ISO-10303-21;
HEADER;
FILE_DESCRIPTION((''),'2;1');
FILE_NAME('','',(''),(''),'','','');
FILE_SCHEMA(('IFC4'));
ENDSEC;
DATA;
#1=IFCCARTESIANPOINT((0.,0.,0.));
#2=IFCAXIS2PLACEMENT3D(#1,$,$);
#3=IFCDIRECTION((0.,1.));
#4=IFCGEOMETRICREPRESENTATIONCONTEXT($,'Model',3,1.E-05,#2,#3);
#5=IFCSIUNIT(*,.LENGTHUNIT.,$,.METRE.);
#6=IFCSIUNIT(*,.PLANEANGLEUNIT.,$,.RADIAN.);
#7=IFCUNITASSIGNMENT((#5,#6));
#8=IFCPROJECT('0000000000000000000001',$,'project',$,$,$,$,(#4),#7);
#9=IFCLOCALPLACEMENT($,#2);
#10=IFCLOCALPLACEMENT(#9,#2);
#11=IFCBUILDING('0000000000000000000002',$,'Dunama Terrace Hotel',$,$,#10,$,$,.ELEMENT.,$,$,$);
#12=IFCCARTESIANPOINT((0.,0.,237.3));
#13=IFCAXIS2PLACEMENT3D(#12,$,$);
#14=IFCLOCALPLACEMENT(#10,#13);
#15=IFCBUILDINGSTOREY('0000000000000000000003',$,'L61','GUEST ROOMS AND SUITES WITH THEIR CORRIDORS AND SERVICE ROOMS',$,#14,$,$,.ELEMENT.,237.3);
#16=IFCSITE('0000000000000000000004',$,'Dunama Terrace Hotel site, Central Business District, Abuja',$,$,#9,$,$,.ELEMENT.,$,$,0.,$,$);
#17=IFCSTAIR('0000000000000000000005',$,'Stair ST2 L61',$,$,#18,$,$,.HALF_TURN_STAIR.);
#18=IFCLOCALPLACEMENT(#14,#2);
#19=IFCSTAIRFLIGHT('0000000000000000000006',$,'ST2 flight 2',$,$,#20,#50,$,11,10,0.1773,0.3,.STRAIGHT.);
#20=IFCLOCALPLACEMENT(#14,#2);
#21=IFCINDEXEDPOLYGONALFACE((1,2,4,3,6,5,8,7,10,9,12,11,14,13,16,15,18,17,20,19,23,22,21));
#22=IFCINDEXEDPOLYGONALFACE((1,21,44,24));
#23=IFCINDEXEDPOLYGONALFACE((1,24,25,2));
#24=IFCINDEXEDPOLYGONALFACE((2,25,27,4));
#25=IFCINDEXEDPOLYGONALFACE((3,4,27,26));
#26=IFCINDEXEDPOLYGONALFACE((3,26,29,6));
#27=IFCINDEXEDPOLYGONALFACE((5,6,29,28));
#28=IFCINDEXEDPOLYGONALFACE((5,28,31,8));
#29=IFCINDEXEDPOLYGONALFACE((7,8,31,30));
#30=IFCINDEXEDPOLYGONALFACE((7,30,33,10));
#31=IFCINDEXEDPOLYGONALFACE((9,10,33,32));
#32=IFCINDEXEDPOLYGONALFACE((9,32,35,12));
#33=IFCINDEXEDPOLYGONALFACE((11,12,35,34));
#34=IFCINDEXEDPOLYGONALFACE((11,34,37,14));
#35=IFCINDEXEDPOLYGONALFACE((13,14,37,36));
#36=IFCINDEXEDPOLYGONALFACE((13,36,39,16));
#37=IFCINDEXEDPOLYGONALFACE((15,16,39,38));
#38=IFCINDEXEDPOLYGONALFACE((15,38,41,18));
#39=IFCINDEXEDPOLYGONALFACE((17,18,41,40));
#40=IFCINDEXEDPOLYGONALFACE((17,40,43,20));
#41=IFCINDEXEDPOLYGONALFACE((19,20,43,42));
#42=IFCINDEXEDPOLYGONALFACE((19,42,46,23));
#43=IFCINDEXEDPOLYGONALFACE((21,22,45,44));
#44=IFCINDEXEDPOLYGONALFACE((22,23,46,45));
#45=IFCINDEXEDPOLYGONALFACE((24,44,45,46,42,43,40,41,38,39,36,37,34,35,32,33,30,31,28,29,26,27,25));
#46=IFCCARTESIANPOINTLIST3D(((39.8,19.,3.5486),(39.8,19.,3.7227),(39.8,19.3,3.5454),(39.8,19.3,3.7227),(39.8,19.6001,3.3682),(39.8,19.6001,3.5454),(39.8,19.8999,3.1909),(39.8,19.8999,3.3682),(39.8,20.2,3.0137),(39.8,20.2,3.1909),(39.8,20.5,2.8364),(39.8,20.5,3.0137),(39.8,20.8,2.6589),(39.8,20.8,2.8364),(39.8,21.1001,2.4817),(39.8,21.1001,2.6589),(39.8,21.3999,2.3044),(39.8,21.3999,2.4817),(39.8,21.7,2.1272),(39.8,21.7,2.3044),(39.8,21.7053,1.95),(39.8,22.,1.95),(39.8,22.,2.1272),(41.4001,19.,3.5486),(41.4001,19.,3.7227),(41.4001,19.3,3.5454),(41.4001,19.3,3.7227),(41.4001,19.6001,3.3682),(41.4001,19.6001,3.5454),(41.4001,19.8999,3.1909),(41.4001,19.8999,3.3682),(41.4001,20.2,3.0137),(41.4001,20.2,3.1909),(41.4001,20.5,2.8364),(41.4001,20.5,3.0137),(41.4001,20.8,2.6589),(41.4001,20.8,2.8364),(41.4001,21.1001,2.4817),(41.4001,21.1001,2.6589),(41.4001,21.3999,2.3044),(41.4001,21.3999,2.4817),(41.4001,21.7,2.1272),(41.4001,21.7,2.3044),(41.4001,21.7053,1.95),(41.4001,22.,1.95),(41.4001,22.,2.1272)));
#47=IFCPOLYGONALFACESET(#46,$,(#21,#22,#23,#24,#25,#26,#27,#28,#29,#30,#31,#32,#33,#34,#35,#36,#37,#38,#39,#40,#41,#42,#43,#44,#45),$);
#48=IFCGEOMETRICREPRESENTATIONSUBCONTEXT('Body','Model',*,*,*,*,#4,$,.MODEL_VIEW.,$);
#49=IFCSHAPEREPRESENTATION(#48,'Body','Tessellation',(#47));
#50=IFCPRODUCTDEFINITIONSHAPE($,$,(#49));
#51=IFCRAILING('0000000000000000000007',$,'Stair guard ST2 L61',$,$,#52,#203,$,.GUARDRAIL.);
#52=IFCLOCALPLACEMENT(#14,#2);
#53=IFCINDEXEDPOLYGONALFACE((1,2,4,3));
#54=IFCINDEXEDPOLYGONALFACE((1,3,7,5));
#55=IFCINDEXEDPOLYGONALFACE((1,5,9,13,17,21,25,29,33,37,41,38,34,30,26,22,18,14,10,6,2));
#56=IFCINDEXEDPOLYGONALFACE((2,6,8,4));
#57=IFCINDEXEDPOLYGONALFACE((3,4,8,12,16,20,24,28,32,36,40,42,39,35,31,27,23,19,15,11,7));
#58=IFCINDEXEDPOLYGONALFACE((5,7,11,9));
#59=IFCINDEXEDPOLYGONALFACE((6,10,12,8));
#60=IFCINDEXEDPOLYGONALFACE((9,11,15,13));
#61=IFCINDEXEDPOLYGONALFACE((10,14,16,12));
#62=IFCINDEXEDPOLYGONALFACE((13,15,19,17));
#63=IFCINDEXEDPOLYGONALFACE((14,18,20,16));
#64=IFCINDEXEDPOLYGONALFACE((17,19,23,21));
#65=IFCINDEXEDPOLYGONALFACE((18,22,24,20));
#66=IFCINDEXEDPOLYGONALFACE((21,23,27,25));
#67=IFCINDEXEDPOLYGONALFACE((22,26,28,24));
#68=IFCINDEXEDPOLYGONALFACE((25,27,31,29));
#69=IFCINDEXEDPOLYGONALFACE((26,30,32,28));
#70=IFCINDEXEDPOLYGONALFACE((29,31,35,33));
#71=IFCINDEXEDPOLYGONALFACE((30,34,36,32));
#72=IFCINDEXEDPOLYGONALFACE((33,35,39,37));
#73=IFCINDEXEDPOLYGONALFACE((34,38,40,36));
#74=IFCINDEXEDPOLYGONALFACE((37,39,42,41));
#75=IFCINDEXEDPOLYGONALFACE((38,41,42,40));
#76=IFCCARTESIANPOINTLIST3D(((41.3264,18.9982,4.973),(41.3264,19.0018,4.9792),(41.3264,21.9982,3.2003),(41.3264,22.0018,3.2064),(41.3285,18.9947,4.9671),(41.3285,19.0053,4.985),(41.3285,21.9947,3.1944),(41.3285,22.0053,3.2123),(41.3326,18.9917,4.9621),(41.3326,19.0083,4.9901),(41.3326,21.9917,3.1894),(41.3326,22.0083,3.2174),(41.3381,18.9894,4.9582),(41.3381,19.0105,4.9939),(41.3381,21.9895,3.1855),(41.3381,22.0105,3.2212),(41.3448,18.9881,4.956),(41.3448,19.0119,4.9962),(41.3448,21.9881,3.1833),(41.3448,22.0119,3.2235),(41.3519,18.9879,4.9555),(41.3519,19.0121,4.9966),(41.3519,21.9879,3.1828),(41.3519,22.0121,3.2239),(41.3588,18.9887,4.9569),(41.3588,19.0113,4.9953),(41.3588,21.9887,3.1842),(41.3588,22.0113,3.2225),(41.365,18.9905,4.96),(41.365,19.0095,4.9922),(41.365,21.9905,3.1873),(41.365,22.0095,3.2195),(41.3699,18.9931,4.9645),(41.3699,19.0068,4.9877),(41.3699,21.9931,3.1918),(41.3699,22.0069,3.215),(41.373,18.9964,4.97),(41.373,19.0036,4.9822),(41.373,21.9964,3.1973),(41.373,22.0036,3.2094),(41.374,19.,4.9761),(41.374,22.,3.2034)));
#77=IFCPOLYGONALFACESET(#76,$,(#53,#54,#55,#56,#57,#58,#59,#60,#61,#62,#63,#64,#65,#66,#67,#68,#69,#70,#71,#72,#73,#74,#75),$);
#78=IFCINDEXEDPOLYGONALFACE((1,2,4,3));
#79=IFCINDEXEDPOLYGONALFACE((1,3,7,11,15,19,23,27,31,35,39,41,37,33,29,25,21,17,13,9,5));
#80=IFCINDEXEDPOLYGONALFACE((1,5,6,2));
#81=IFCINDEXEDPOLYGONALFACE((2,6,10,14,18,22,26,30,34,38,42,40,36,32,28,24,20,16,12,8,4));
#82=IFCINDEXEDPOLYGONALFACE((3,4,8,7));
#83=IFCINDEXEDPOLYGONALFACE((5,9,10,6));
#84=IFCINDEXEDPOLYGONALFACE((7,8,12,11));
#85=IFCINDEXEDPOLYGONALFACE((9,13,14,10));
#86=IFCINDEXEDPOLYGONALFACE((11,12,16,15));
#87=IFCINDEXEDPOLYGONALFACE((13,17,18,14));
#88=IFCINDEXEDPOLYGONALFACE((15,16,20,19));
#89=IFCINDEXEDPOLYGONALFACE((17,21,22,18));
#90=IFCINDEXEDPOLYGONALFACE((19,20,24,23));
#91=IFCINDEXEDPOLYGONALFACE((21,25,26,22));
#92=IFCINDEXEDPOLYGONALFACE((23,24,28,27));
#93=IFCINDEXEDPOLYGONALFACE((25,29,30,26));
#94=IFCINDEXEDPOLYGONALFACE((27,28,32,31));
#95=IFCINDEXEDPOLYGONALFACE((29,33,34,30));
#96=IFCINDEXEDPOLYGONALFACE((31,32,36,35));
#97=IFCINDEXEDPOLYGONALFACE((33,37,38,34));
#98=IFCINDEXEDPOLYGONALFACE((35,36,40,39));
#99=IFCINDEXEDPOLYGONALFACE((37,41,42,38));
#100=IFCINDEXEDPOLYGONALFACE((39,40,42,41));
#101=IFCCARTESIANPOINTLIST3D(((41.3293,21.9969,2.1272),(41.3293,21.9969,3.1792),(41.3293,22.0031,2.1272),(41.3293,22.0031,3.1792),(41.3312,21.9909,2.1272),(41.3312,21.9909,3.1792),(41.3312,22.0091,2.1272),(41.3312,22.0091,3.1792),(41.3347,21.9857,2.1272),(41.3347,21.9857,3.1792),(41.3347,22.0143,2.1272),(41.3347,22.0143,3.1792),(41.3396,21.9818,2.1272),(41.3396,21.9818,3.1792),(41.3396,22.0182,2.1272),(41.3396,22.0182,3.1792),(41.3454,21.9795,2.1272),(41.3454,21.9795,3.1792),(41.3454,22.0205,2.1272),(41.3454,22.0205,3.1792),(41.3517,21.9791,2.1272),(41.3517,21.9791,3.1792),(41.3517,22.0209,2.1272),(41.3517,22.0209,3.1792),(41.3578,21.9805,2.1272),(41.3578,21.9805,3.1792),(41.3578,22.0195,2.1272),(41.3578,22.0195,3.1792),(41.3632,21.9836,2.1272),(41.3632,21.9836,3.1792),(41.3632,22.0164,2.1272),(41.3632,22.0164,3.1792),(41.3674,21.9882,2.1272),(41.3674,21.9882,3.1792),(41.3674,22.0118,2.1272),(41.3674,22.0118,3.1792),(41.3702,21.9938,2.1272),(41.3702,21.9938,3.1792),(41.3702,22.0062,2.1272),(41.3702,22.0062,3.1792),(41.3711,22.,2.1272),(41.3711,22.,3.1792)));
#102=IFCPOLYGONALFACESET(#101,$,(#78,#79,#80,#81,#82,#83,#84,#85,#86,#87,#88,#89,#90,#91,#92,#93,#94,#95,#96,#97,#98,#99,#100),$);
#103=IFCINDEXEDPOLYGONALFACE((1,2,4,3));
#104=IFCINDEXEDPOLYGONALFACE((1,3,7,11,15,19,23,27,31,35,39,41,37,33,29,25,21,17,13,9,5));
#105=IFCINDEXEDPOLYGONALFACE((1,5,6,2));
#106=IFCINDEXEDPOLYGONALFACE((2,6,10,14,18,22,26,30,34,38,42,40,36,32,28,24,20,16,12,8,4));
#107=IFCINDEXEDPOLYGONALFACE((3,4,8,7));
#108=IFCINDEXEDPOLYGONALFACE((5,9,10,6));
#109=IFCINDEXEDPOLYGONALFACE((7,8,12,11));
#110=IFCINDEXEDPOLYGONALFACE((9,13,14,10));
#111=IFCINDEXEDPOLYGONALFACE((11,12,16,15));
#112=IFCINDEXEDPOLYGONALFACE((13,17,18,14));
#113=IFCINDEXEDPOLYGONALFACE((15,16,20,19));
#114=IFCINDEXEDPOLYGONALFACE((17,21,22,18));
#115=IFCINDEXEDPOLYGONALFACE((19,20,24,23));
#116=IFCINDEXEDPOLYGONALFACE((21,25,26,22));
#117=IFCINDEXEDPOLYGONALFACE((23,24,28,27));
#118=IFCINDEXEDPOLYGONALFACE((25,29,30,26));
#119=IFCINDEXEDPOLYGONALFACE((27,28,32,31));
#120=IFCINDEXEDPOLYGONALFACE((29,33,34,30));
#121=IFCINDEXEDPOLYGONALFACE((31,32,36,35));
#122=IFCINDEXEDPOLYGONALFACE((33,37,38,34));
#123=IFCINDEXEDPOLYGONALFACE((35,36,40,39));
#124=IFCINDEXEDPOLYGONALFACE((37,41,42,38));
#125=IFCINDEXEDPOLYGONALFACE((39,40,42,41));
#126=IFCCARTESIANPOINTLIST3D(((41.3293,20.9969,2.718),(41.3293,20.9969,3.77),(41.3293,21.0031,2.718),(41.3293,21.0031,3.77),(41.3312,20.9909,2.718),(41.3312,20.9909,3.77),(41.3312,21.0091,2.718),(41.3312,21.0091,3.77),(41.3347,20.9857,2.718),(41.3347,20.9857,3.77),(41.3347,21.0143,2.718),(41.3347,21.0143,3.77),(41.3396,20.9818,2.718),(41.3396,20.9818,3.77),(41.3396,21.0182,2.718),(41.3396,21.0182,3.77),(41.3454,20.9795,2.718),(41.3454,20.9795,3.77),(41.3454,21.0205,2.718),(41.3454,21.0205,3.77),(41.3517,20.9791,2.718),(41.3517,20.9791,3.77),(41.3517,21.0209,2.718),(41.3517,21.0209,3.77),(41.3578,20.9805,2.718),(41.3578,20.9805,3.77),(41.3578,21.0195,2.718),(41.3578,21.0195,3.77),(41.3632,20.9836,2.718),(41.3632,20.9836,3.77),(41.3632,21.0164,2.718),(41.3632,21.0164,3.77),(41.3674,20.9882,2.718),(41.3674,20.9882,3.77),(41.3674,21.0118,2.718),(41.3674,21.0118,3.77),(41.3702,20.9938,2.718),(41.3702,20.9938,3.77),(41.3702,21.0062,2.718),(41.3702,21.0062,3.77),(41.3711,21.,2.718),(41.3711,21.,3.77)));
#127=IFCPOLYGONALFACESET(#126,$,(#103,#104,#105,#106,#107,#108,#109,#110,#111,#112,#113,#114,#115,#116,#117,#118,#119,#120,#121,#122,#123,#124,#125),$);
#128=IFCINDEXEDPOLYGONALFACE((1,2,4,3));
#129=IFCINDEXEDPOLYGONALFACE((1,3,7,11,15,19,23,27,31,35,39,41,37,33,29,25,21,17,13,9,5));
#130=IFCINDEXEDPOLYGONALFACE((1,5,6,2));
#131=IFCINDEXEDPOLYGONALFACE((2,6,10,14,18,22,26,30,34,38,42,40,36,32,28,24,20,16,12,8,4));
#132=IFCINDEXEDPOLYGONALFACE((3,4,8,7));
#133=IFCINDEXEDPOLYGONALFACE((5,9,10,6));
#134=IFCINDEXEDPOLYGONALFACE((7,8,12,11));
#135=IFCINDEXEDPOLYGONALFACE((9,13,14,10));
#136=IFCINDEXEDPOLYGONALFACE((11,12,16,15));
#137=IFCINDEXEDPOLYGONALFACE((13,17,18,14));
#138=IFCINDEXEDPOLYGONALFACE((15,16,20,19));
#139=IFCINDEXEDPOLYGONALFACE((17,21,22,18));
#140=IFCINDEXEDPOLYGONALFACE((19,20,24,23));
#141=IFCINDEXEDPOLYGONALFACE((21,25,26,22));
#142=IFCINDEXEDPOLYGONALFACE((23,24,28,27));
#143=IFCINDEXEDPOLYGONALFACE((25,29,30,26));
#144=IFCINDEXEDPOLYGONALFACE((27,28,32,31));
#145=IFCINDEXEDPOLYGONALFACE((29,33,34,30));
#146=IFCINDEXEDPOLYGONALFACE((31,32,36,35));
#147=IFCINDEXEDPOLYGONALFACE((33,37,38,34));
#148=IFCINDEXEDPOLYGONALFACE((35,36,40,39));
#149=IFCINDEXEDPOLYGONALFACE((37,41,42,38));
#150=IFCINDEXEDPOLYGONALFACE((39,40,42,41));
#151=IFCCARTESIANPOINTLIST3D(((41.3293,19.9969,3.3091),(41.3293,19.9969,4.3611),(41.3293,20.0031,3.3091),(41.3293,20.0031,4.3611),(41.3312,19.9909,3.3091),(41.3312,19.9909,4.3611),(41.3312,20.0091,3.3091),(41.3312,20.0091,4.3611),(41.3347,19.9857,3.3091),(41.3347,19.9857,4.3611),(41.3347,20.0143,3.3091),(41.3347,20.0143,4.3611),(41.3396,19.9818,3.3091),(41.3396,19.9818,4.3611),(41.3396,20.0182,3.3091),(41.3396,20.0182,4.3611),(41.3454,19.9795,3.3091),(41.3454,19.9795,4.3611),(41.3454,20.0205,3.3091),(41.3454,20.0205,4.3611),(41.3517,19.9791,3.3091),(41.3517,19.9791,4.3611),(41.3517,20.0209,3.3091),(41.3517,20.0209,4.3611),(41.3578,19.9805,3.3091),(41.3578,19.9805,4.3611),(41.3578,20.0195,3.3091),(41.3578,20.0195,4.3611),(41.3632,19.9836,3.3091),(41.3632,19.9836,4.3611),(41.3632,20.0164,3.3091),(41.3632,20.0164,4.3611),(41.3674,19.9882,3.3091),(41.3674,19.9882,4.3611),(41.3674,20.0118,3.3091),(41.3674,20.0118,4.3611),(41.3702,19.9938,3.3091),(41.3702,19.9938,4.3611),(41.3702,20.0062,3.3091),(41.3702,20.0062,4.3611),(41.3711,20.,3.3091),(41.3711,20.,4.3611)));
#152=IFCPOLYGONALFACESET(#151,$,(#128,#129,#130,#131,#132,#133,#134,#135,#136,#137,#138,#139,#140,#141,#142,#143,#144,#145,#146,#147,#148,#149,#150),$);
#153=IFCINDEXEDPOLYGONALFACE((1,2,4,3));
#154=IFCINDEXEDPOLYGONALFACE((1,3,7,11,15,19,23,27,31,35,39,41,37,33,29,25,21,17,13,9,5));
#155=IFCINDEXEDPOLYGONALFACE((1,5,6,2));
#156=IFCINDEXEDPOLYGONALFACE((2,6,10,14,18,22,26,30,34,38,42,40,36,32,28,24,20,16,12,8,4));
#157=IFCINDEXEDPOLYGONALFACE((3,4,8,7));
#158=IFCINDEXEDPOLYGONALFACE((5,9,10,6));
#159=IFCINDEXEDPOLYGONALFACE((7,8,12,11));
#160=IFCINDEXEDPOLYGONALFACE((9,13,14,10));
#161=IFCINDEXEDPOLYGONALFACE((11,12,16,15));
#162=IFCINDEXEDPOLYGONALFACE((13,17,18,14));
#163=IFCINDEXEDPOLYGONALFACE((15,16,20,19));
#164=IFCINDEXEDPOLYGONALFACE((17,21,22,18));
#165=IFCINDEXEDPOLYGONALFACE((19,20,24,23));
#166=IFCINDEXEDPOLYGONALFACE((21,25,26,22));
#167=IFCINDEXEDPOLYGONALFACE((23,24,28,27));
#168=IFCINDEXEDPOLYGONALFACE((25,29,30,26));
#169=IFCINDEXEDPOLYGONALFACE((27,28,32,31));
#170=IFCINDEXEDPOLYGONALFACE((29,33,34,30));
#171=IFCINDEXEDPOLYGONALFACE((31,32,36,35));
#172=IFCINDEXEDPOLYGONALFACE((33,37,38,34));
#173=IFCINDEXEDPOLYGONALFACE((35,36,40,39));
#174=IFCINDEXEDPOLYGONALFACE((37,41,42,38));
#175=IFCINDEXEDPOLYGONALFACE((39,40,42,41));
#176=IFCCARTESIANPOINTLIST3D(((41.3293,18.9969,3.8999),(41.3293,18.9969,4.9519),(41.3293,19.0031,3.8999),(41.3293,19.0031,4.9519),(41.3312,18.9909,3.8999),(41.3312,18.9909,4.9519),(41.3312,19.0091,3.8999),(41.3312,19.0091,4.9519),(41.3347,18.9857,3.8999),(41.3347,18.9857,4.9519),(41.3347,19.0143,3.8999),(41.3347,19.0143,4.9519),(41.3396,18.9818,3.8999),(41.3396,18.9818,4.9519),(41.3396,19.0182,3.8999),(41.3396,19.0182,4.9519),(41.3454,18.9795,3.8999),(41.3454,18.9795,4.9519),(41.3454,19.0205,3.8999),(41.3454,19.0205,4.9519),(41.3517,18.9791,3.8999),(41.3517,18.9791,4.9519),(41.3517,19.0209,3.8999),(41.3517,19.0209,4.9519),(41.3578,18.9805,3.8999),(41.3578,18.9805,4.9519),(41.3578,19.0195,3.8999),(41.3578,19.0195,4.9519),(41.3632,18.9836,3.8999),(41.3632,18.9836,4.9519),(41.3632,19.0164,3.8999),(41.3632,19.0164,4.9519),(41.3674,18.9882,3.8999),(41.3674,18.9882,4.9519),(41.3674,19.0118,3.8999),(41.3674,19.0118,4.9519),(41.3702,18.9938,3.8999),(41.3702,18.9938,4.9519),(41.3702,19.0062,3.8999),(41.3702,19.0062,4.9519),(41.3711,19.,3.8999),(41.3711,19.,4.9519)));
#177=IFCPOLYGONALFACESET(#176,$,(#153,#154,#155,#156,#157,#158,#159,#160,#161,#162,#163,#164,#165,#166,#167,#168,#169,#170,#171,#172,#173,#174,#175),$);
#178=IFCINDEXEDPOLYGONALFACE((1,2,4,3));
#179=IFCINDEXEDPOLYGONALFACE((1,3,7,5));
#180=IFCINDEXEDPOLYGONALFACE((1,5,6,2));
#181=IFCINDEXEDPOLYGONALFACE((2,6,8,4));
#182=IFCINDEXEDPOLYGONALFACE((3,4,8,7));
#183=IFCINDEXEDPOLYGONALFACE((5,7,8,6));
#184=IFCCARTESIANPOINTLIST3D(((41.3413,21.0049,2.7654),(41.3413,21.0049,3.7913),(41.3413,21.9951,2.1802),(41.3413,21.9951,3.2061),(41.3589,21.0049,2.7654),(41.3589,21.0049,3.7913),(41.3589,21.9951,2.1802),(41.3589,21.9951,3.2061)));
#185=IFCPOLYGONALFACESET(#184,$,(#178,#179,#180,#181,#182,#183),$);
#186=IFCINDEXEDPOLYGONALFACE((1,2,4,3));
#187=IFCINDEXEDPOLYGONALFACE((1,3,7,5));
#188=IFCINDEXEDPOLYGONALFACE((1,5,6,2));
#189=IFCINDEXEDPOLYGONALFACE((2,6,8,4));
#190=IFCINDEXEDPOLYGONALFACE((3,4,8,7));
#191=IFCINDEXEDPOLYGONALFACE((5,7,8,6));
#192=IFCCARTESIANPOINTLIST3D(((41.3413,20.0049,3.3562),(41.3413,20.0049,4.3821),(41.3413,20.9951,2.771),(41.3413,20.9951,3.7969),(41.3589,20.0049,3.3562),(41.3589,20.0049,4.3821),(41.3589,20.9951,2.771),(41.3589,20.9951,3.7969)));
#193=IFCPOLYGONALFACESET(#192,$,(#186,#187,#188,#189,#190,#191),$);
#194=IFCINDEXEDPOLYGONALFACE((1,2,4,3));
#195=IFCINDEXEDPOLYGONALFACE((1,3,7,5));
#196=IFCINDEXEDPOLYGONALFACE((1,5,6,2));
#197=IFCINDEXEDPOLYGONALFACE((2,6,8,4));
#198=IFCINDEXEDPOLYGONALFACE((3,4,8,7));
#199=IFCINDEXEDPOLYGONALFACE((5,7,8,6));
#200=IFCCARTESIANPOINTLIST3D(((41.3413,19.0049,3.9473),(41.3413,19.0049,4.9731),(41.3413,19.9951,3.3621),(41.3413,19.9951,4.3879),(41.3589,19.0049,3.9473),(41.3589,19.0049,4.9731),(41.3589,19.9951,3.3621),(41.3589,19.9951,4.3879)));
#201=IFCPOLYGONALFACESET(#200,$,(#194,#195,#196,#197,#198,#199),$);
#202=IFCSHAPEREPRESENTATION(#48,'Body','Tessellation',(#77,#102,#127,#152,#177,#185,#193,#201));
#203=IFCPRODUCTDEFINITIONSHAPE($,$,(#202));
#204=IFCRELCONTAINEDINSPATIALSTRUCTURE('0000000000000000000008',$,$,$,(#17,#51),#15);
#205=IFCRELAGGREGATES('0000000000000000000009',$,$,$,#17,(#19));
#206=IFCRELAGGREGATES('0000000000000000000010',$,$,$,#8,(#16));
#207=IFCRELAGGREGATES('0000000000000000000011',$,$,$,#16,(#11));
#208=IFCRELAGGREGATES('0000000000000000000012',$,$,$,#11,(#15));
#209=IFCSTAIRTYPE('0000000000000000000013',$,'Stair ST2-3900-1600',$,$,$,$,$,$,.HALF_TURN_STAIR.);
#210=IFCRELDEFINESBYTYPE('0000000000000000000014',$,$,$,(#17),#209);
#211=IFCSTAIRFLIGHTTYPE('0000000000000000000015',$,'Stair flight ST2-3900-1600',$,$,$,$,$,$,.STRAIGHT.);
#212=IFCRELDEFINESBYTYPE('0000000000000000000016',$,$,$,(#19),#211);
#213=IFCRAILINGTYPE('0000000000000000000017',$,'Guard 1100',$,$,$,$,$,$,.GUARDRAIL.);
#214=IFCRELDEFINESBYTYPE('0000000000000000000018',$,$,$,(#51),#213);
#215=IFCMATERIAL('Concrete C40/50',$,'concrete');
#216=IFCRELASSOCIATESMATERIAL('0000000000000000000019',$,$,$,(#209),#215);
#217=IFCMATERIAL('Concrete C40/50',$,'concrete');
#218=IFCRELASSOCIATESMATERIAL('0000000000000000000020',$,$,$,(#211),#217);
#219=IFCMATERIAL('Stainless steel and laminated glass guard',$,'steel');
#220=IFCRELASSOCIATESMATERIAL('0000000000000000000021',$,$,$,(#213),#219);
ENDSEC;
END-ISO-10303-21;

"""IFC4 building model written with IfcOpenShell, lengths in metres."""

from ifc_helpers import new_model, si_unit, direction, frame, origin, origin_2d, place, context, subcontext, project, spatial, polyline, circle, outline, extrude, material, type_object, element, aggregate, save


model = new_model("IFC4")

# Units and contexts
model_context = context("Model", 3, precision=1e-05, world=origin(), true_north=direction((0.0, 1.0)))
body_context = subcontext(model_context, "Body", "Model", "MODEL_VIEW")
ifc_project = project(units=[si_unit("LENGTHUNIT", "METRE"), si_unit("PLANEANGLEUNIT", "RADIAN")], contexts=[model_context])

# Site, building, storey
site_placement = place(None, origin())
site = spatial("IfcSite", under=ifc_project, at=site_placement, Name="Dunama Terrace Hotel site, Central Business District, Abuja", CompositionType="ELEMENT", RefElevation=0.0)
building_placement = place(site_placement, origin())
building = spatial("IfcBuilding", under=site, at=building_placement, Name="Dunama Terrace Hotel", CompositionType="ELEMENT")
storey_placement = place(building_placement, frame((0.0, 0.0, 237.3)))
storey = spatial("IfcBuildingStorey", under=building, at=storey_placement, Name="L61", Description="GUEST ROOMS AND SUITES WITH THEIR CORRIDORS AND SERVICE ROOMS", CompositionType="ELEMENT", Elevation=237.3)

# Stair, stair flight
ifc_material_1 = material(Name="Concrete C40/50", Category="concrete")
stair_type = type_object("IfcStairType", Name="Stair ST2-3900-1600", PredefinedType="HALF_TURN_STAIR", material=ifc_material_1)
stair_placement = place(storey_placement, origin())
stair = element("IfcStair", 1, at=stair_placement, inside=storey, type_object=stair_type, Name="Stair ST2 L61", PredefinedType="HALF_TURN_STAIR")
ifc_material_2 = material(Name="Concrete C40/50", Category="concrete")
stair_flight_type = type_object("IfcStairFlightType", Name="Stair flight ST2-3900-1600", PredefinedType="STRAIGHT", material=ifc_material_2)
stair_flight_1_placement = place(storey_placement, frame((40.6001, 22.0, 1.95), z_axis=(0.0, 0.0, 1.0), x_axis=(0.0, -1.0, 0.0)))
stair_flight_1 = element("IfcStairFlight", 2, at=stair_flight_1_placement, type_object=stair_flight_type, Name="ST2 flight 2", NumberOfRisers=11, NumberOfTreads=10, PredefinedType="STRAIGHT", RiserHeight=0.1773, TreadLength=0.3, context=body_context, shape_type="SweptSolid", body=[
    extrude(outline(polyline([(0.0, 0.0), (0.0, 0.1772), (0.3, 0.1772), (0.3, 0.3545), (0.6001, 0.3545), (0.6001, 0.5317), (0.8999, 0.5317), (0.8999, 0.709), (1.2, 0.709), (1.2, 0.8865), (1.5, 0.8865), (1.5, 1.0637), (1.8, 1.0637), (1.8, 1.241), (2.1001, 1.241), (2.1001, 1.4182), (2.3999, 1.4182), (2.3999, 1.5955), (2.7, 1.5955), (2.7, 1.7727), (3.0, 1.7727), (3.0, 1.95), (3.0, 1.5986), (0.2947, 0.0), (0.0, 0.0)])), frame((0.0, 0.8, 0.0), z_axis=(0.0, -1.0, 0.0), x_axis=(1.0, 0.0, 0.0)), (0.0, 0.0, 1.0), 1.6001),
])
aggregate(stair, [stair_flight_1])

# Railing
ifc_material_3 = material(Name="Stainless steel and laminated glass guard", Category="steel")
railing_type_1 = type_object("IfcRailingType", Name="Guard 1100", PredefinedType="GUARDRAIL", material=ifc_material_3)
railing_1_placement = place(storey_placement, frame((41.3501, 22.0, 2.1272)))
element("IfcRailing", 3, at=railing_1_placement, inside=storey, type_object=railing_type_1, Name="Stair guard ST2 L61", PredefinedType="GUARDRAIL", context=body_context, shape_type="SweptSolid", body=[
    extrude(circle(Radius=0.0239, at=origin_2d()), frame((0.0, 0.0, 1.0762), z_axis=(0.0, -0.860929, 0.508725), x_axis=(1.0, 0.0, 0.0)), (0.0, 0.0, 1.0), 3.4846),
    extrude(circle(Radius=0.021, at=origin_2d()), origin(), (0.0, 0.0, 1.0), 1.052),
    extrude(circle(Radius=0.021, at=origin_2d()), frame((0.0, -1.0, 0.5908)), (0.0, 0.0, 1.0), 1.052),
    extrude(circle(Radius=0.021, at=origin_2d()), frame((0.0, -2.0, 1.1819)), (0.0, 0.0, 1.0), 1.052),
    extrude(circle(Radius=0.021, at=origin_2d()), frame((0.0, -3.0, 1.7727)), (0.0, 0.0, 1.0), 1.052),
    extrude(outline(polyline([(0.0049, 0.053), (0.9951, 0.6382), (0.9951, 1.6641), (0.0049, 1.0789), (0.0049, 0.053)])), frame((0.0088, 0.0, 0.0), z_axis=(-1.0, 0.0, 0.0), x_axis=(0.0, -1.0, 0.0)), (0.0, 0.0, 1.0), 0.0176),
    extrude(outline(polyline([(0.0049, 0.053), (0.9951, 0.6382), (0.9951, 1.6641), (0.0049, 1.0789), (0.0049, 0.053)])), frame((0.0088, -1.0, 0.5908), z_axis=(-1.0, 0.0, 0.0), x_axis=(0.0, -1.0, 0.0)), (0.0, 0.0, 1.0), 0.0176),
    extrude(outline(polyline([(0.0049, 0.053), (0.9951, 0.6382), (0.9951, 1.6641), (0.0049, 1.0789), (0.0049, 0.053)])), frame((0.0088, -2.0, 1.1819), z_axis=(-1.0, 0.0, 0.0), x_axis=(0.0, -1.0, 0.0)), (0.0, 0.0, 1.0), 0.0176),
])

save(model, "model.ifc")
